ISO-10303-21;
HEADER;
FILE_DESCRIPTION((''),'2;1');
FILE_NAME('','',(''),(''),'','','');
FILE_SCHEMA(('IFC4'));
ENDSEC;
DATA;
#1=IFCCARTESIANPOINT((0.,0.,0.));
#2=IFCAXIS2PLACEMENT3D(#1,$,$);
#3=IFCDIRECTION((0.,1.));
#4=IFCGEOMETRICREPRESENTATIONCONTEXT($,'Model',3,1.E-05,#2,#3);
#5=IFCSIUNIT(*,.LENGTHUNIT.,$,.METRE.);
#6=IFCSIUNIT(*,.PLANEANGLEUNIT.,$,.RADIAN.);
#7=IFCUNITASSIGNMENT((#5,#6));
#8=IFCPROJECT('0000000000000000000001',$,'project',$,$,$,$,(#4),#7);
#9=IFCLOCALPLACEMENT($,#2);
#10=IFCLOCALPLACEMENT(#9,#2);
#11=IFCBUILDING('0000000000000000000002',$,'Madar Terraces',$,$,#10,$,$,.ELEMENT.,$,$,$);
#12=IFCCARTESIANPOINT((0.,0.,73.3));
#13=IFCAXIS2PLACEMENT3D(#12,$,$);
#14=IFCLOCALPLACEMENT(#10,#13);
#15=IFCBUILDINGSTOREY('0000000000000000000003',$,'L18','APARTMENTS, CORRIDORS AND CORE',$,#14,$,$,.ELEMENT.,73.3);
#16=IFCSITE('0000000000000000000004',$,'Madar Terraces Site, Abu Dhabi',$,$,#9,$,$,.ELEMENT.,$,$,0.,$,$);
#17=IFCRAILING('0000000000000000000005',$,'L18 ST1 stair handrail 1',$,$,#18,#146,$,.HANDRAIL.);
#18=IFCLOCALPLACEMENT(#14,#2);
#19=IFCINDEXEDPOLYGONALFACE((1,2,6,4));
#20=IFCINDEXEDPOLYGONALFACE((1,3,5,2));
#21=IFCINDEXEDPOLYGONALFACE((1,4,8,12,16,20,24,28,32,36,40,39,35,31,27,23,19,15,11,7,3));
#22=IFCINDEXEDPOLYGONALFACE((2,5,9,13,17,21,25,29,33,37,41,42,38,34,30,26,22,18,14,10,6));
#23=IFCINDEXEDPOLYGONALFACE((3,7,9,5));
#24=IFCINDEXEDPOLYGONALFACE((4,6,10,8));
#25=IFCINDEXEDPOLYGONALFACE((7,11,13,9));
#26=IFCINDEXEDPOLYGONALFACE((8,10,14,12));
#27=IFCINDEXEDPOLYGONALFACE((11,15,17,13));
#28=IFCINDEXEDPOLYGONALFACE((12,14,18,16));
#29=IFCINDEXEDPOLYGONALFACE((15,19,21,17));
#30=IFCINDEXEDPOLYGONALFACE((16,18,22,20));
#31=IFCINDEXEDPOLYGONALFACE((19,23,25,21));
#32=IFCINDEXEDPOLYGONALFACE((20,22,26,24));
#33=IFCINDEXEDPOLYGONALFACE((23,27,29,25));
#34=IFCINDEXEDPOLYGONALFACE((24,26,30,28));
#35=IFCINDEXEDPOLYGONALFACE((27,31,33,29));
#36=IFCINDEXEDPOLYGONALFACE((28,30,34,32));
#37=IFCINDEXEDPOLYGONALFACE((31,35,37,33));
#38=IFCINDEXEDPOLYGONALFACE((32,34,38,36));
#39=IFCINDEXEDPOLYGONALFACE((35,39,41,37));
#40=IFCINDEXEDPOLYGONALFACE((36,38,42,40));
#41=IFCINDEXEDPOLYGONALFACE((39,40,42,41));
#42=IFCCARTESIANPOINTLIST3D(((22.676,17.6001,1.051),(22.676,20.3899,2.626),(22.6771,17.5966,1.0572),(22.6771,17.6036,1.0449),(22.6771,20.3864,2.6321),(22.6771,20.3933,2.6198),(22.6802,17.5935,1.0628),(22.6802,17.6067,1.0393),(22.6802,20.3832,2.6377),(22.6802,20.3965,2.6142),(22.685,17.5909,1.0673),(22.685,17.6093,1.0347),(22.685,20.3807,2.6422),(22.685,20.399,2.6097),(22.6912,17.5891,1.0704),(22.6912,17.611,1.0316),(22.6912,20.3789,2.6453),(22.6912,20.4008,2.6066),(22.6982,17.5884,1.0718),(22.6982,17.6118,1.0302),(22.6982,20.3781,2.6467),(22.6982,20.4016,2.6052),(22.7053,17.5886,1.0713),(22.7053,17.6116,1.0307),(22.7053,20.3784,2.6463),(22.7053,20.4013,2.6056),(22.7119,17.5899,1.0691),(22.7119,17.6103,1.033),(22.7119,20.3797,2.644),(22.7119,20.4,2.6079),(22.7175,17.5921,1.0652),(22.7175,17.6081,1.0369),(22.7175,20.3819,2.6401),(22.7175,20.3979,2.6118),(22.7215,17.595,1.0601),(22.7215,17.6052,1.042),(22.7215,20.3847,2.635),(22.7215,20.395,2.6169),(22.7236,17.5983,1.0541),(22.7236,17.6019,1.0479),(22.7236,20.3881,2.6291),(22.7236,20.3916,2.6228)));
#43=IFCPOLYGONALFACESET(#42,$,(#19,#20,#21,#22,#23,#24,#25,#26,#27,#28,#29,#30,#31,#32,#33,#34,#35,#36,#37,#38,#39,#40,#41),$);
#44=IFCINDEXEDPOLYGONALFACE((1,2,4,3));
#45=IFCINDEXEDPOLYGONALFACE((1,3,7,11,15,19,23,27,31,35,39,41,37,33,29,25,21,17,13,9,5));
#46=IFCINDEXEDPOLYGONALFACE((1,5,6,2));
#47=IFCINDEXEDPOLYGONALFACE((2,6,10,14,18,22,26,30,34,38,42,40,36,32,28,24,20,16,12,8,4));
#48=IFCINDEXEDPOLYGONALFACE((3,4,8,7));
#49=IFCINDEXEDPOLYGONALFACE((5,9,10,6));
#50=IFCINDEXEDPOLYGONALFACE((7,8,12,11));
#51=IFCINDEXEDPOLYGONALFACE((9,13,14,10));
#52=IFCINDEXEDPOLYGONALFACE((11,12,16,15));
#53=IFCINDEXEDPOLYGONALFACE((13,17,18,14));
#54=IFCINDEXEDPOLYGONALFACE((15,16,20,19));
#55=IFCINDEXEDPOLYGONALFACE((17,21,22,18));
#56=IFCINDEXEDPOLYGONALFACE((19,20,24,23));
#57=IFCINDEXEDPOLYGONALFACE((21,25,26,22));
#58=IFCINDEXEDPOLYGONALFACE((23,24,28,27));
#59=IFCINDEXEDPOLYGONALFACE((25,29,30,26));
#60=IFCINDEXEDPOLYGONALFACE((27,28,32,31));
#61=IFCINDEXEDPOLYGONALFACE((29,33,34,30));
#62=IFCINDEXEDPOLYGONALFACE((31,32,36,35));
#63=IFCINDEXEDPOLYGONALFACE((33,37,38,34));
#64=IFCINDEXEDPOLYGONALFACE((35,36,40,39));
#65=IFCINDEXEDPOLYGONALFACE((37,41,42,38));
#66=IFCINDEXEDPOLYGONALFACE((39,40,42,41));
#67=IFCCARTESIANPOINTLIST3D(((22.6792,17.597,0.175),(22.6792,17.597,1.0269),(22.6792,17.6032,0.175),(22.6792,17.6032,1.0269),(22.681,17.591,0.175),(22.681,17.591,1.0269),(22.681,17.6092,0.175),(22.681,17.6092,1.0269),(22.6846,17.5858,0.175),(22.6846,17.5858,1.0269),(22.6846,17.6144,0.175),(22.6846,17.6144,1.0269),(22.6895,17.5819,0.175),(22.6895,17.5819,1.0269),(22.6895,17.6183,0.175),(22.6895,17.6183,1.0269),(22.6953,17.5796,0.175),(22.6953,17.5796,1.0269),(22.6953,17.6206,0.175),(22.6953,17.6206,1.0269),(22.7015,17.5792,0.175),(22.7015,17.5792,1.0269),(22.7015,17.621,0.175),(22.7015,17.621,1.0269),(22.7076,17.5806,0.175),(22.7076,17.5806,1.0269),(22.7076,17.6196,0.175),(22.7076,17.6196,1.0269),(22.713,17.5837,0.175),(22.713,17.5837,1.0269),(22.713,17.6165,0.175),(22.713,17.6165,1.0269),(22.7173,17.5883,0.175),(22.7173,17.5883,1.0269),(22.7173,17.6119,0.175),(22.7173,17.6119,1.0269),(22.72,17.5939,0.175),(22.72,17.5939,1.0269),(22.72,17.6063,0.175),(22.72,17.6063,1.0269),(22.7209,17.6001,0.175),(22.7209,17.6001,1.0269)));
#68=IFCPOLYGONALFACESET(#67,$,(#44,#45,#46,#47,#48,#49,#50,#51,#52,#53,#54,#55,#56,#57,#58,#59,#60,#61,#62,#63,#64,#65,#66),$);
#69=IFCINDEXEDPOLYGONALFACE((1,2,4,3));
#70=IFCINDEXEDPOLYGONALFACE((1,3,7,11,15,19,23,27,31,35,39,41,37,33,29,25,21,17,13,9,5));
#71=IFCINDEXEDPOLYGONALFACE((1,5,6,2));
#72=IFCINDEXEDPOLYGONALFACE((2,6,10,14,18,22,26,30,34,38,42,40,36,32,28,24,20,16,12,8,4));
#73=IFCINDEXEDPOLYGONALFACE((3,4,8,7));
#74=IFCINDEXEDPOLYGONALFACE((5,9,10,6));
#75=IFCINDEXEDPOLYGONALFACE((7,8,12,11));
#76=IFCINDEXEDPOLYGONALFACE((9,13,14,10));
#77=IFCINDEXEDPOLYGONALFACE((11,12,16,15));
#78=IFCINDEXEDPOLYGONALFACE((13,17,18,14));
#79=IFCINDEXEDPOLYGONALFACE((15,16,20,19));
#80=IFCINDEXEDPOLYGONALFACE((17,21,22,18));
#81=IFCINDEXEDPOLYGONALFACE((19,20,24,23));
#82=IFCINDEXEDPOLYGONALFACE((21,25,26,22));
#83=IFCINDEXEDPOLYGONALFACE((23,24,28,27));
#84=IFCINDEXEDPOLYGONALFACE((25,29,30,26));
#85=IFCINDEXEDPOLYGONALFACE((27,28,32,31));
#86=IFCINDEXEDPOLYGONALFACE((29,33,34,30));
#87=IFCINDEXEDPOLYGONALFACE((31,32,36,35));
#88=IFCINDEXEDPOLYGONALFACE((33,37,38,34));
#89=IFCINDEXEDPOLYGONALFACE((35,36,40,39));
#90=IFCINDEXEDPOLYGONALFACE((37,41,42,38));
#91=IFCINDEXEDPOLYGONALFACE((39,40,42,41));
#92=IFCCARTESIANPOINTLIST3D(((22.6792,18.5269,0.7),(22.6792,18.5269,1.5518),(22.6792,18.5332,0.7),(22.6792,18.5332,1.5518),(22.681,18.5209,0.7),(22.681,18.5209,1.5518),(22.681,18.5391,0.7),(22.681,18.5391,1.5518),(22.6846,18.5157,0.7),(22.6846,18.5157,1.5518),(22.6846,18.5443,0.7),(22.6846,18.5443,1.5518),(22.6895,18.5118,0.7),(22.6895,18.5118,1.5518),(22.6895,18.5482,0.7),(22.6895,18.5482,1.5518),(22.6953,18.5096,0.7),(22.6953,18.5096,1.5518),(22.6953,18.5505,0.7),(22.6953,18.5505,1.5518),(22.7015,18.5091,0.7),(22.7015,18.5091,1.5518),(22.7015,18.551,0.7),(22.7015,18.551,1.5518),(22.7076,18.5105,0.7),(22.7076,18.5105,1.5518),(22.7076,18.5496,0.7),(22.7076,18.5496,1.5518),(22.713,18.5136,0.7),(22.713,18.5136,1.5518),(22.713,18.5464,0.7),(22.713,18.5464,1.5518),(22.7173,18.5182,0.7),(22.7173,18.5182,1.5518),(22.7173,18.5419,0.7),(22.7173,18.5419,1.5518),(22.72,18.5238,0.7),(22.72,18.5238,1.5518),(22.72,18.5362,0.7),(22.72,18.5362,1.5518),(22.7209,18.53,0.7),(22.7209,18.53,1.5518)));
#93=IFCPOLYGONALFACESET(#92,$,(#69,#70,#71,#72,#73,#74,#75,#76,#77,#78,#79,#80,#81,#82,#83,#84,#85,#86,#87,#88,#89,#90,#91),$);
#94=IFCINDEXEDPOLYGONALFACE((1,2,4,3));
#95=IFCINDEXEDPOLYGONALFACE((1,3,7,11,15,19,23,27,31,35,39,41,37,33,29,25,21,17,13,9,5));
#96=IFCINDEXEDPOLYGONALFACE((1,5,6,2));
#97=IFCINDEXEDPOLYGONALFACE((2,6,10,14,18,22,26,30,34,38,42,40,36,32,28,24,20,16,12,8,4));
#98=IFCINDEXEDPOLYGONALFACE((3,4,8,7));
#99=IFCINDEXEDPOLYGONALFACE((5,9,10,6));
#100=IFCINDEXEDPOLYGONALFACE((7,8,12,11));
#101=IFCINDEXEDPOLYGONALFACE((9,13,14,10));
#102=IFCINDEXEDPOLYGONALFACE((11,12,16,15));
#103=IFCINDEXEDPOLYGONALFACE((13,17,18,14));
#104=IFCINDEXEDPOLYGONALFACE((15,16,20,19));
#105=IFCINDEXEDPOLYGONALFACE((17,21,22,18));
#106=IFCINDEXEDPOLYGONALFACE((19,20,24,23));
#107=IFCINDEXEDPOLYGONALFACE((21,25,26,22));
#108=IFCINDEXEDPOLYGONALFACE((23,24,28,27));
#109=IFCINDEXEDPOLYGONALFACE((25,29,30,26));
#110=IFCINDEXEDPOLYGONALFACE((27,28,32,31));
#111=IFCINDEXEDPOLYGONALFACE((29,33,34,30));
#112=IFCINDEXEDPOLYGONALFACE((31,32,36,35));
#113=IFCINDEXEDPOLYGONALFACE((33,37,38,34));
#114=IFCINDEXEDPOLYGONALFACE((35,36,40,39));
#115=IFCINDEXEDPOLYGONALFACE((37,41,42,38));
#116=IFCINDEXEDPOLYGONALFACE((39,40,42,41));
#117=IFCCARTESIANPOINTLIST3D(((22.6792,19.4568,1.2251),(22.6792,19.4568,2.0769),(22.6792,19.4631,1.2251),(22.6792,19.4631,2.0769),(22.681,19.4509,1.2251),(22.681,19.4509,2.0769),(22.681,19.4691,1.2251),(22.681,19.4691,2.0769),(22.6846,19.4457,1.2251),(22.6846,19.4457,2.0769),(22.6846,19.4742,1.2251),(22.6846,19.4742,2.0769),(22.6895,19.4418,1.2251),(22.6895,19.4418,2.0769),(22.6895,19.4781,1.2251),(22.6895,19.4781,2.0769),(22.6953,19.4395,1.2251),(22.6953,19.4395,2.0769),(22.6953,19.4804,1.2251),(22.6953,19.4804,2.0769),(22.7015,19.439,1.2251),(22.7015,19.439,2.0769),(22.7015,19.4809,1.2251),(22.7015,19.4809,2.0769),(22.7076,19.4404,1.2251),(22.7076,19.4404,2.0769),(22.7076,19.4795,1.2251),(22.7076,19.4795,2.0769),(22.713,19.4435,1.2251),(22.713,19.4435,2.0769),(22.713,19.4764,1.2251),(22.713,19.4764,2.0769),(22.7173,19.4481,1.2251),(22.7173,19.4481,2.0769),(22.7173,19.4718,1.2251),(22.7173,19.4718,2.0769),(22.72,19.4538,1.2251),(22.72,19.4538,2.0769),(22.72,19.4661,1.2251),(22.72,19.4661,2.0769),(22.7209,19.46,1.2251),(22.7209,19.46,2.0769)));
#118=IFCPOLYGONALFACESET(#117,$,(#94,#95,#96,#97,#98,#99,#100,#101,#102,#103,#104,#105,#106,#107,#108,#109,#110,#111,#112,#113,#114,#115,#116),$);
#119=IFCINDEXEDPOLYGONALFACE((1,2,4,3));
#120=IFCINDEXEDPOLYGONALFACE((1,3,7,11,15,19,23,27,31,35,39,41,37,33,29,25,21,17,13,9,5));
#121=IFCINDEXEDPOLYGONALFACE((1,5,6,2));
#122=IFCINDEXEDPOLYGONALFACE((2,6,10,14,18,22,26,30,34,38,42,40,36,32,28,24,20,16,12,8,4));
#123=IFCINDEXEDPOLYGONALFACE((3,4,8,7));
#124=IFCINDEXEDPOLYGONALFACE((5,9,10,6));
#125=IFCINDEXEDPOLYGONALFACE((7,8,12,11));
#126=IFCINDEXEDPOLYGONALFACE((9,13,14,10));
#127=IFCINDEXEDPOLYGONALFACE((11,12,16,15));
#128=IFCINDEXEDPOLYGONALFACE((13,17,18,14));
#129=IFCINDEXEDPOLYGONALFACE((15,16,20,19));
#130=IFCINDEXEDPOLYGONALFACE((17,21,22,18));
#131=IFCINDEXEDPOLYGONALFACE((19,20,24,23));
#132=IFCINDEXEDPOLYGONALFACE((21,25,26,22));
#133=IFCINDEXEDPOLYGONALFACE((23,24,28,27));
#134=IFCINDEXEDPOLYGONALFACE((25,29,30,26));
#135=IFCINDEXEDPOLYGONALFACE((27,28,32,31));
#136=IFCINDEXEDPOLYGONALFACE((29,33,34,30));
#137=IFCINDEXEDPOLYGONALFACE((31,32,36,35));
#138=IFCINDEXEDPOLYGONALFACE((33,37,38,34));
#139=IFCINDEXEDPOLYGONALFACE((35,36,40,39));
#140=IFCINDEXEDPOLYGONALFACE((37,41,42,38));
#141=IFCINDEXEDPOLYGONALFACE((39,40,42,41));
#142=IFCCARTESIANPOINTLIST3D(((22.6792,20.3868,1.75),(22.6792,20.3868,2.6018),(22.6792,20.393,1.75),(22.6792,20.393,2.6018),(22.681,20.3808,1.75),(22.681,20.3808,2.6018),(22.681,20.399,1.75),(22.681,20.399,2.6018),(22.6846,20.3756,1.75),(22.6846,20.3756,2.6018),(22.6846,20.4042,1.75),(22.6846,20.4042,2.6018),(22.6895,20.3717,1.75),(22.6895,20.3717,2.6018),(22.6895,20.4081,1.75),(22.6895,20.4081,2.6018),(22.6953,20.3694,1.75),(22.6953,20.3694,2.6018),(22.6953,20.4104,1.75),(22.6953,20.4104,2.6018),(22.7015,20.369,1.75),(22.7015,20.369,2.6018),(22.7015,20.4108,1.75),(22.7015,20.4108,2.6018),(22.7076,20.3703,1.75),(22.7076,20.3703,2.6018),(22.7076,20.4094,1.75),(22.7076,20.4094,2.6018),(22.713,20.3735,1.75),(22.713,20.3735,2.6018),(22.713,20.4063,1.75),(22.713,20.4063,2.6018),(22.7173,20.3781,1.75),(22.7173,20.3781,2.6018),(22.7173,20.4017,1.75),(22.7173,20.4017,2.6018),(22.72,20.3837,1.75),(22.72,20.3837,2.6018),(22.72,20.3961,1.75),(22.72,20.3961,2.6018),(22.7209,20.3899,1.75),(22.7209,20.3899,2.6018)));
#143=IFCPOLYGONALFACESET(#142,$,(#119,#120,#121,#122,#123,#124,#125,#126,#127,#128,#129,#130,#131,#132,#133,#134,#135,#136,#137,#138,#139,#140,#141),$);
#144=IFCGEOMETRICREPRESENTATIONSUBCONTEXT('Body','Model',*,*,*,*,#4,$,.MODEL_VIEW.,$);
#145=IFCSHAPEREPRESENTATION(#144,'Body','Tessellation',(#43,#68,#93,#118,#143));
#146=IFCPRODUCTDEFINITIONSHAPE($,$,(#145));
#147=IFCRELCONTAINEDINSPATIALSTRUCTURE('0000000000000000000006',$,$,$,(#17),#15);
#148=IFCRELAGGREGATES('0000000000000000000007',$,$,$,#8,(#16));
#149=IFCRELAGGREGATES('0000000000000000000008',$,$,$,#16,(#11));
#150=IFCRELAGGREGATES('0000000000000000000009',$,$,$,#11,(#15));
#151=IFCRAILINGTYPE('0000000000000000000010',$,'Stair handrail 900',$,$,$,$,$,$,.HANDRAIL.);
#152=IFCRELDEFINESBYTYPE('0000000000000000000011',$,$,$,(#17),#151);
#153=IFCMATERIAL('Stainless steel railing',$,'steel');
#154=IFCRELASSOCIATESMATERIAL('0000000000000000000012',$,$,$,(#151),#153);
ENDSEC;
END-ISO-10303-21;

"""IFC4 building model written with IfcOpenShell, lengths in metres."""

from ifc_helpers import new_model, si_unit, direction, frame, origin, origin_2d, place, context, subcontext, project, spatial, circle, extrude, material, type_object, element, save


model = new_model("IFC4")

# Units and contexts
model_context = context("Model", 3, precision=1e-05, world=origin(), true_north=direction((0.0, 1.0)))
body_context = subcontext(model_context, "Body", "Model", "MODEL_VIEW")
ifc_project = project(units=[si_unit("LENGTHUNIT", "METRE"), si_unit("PLANEANGLEUNIT", "RADIAN")], contexts=[model_context])

# Site, building, storey
site_placement = place(None, origin())
site = spatial("IfcSite", under=ifc_project, at=site_placement, Name="Madar Terraces Site, Abu Dhabi", CompositionType="ELEMENT", RefElevation=0.0)
building_placement = place(site_placement, origin())
building = spatial("IfcBuilding", under=site, at=building_placement, Name="Madar Terraces", CompositionType="ELEMENT")
storey_placement = place(building_placement, frame((0.0, 0.0, 73.3)))
storey = spatial("IfcBuildingStorey", under=building, at=storey_placement, Name="L18", Description="APARTMENTS, CORRIDORS AND CORE", CompositionType="ELEMENT", Elevation=73.3)

# Railing
ifc_material_1 = material(Name="Stainless steel railing", Category="steel")
railing_type = type_object("IfcRailingType", Name="Stair handrail 900", PredefinedType="HANDRAIL", material=ifc_material_1)
railing_placement = place(storey_placement, frame((22.7, 17.6001, 0.175)))
element("IfcRailing", 1, at=railing_placement, inside=storey, type_object=railing_type, Name="L18 ST1 stair handrail 1", PredefinedType="HANDRAIL", context=body_context, shape_type="SweptSolid", body=[
    extrude(circle(Radius=0.0239, at=origin_2d()), frame((0.0, 0.0, 0.876), z_axis=(0.0, 0.870815, 0.49161), x_axis=(-1.0, 0.0, 0.0)), (0.0, 0.0, 1.0), 3.2036),
    extrude(circle(Radius=0.021, at=origin_2d()), origin(), (0.0, 0.0, 1.0), 0.8518),
    extrude(circle(Radius=0.021, at=origin_2d()), frame((0.0, 0.9299, 0.5249)), (0.0, 0.0, 1.0), 0.8518),
    extrude(circle(Radius=0.021, at=origin_2d()), frame((0.0, 1.8599, 1.05)), (0.0, 0.0, 1.0), 0.8518),
    extrude(circle(Radius=0.021, at=origin_2d()), frame((0.0, 2.7898, 1.575)), (0.0, 0.0, 1.0), 0.8518),
])

save(model, "model.ifc")
